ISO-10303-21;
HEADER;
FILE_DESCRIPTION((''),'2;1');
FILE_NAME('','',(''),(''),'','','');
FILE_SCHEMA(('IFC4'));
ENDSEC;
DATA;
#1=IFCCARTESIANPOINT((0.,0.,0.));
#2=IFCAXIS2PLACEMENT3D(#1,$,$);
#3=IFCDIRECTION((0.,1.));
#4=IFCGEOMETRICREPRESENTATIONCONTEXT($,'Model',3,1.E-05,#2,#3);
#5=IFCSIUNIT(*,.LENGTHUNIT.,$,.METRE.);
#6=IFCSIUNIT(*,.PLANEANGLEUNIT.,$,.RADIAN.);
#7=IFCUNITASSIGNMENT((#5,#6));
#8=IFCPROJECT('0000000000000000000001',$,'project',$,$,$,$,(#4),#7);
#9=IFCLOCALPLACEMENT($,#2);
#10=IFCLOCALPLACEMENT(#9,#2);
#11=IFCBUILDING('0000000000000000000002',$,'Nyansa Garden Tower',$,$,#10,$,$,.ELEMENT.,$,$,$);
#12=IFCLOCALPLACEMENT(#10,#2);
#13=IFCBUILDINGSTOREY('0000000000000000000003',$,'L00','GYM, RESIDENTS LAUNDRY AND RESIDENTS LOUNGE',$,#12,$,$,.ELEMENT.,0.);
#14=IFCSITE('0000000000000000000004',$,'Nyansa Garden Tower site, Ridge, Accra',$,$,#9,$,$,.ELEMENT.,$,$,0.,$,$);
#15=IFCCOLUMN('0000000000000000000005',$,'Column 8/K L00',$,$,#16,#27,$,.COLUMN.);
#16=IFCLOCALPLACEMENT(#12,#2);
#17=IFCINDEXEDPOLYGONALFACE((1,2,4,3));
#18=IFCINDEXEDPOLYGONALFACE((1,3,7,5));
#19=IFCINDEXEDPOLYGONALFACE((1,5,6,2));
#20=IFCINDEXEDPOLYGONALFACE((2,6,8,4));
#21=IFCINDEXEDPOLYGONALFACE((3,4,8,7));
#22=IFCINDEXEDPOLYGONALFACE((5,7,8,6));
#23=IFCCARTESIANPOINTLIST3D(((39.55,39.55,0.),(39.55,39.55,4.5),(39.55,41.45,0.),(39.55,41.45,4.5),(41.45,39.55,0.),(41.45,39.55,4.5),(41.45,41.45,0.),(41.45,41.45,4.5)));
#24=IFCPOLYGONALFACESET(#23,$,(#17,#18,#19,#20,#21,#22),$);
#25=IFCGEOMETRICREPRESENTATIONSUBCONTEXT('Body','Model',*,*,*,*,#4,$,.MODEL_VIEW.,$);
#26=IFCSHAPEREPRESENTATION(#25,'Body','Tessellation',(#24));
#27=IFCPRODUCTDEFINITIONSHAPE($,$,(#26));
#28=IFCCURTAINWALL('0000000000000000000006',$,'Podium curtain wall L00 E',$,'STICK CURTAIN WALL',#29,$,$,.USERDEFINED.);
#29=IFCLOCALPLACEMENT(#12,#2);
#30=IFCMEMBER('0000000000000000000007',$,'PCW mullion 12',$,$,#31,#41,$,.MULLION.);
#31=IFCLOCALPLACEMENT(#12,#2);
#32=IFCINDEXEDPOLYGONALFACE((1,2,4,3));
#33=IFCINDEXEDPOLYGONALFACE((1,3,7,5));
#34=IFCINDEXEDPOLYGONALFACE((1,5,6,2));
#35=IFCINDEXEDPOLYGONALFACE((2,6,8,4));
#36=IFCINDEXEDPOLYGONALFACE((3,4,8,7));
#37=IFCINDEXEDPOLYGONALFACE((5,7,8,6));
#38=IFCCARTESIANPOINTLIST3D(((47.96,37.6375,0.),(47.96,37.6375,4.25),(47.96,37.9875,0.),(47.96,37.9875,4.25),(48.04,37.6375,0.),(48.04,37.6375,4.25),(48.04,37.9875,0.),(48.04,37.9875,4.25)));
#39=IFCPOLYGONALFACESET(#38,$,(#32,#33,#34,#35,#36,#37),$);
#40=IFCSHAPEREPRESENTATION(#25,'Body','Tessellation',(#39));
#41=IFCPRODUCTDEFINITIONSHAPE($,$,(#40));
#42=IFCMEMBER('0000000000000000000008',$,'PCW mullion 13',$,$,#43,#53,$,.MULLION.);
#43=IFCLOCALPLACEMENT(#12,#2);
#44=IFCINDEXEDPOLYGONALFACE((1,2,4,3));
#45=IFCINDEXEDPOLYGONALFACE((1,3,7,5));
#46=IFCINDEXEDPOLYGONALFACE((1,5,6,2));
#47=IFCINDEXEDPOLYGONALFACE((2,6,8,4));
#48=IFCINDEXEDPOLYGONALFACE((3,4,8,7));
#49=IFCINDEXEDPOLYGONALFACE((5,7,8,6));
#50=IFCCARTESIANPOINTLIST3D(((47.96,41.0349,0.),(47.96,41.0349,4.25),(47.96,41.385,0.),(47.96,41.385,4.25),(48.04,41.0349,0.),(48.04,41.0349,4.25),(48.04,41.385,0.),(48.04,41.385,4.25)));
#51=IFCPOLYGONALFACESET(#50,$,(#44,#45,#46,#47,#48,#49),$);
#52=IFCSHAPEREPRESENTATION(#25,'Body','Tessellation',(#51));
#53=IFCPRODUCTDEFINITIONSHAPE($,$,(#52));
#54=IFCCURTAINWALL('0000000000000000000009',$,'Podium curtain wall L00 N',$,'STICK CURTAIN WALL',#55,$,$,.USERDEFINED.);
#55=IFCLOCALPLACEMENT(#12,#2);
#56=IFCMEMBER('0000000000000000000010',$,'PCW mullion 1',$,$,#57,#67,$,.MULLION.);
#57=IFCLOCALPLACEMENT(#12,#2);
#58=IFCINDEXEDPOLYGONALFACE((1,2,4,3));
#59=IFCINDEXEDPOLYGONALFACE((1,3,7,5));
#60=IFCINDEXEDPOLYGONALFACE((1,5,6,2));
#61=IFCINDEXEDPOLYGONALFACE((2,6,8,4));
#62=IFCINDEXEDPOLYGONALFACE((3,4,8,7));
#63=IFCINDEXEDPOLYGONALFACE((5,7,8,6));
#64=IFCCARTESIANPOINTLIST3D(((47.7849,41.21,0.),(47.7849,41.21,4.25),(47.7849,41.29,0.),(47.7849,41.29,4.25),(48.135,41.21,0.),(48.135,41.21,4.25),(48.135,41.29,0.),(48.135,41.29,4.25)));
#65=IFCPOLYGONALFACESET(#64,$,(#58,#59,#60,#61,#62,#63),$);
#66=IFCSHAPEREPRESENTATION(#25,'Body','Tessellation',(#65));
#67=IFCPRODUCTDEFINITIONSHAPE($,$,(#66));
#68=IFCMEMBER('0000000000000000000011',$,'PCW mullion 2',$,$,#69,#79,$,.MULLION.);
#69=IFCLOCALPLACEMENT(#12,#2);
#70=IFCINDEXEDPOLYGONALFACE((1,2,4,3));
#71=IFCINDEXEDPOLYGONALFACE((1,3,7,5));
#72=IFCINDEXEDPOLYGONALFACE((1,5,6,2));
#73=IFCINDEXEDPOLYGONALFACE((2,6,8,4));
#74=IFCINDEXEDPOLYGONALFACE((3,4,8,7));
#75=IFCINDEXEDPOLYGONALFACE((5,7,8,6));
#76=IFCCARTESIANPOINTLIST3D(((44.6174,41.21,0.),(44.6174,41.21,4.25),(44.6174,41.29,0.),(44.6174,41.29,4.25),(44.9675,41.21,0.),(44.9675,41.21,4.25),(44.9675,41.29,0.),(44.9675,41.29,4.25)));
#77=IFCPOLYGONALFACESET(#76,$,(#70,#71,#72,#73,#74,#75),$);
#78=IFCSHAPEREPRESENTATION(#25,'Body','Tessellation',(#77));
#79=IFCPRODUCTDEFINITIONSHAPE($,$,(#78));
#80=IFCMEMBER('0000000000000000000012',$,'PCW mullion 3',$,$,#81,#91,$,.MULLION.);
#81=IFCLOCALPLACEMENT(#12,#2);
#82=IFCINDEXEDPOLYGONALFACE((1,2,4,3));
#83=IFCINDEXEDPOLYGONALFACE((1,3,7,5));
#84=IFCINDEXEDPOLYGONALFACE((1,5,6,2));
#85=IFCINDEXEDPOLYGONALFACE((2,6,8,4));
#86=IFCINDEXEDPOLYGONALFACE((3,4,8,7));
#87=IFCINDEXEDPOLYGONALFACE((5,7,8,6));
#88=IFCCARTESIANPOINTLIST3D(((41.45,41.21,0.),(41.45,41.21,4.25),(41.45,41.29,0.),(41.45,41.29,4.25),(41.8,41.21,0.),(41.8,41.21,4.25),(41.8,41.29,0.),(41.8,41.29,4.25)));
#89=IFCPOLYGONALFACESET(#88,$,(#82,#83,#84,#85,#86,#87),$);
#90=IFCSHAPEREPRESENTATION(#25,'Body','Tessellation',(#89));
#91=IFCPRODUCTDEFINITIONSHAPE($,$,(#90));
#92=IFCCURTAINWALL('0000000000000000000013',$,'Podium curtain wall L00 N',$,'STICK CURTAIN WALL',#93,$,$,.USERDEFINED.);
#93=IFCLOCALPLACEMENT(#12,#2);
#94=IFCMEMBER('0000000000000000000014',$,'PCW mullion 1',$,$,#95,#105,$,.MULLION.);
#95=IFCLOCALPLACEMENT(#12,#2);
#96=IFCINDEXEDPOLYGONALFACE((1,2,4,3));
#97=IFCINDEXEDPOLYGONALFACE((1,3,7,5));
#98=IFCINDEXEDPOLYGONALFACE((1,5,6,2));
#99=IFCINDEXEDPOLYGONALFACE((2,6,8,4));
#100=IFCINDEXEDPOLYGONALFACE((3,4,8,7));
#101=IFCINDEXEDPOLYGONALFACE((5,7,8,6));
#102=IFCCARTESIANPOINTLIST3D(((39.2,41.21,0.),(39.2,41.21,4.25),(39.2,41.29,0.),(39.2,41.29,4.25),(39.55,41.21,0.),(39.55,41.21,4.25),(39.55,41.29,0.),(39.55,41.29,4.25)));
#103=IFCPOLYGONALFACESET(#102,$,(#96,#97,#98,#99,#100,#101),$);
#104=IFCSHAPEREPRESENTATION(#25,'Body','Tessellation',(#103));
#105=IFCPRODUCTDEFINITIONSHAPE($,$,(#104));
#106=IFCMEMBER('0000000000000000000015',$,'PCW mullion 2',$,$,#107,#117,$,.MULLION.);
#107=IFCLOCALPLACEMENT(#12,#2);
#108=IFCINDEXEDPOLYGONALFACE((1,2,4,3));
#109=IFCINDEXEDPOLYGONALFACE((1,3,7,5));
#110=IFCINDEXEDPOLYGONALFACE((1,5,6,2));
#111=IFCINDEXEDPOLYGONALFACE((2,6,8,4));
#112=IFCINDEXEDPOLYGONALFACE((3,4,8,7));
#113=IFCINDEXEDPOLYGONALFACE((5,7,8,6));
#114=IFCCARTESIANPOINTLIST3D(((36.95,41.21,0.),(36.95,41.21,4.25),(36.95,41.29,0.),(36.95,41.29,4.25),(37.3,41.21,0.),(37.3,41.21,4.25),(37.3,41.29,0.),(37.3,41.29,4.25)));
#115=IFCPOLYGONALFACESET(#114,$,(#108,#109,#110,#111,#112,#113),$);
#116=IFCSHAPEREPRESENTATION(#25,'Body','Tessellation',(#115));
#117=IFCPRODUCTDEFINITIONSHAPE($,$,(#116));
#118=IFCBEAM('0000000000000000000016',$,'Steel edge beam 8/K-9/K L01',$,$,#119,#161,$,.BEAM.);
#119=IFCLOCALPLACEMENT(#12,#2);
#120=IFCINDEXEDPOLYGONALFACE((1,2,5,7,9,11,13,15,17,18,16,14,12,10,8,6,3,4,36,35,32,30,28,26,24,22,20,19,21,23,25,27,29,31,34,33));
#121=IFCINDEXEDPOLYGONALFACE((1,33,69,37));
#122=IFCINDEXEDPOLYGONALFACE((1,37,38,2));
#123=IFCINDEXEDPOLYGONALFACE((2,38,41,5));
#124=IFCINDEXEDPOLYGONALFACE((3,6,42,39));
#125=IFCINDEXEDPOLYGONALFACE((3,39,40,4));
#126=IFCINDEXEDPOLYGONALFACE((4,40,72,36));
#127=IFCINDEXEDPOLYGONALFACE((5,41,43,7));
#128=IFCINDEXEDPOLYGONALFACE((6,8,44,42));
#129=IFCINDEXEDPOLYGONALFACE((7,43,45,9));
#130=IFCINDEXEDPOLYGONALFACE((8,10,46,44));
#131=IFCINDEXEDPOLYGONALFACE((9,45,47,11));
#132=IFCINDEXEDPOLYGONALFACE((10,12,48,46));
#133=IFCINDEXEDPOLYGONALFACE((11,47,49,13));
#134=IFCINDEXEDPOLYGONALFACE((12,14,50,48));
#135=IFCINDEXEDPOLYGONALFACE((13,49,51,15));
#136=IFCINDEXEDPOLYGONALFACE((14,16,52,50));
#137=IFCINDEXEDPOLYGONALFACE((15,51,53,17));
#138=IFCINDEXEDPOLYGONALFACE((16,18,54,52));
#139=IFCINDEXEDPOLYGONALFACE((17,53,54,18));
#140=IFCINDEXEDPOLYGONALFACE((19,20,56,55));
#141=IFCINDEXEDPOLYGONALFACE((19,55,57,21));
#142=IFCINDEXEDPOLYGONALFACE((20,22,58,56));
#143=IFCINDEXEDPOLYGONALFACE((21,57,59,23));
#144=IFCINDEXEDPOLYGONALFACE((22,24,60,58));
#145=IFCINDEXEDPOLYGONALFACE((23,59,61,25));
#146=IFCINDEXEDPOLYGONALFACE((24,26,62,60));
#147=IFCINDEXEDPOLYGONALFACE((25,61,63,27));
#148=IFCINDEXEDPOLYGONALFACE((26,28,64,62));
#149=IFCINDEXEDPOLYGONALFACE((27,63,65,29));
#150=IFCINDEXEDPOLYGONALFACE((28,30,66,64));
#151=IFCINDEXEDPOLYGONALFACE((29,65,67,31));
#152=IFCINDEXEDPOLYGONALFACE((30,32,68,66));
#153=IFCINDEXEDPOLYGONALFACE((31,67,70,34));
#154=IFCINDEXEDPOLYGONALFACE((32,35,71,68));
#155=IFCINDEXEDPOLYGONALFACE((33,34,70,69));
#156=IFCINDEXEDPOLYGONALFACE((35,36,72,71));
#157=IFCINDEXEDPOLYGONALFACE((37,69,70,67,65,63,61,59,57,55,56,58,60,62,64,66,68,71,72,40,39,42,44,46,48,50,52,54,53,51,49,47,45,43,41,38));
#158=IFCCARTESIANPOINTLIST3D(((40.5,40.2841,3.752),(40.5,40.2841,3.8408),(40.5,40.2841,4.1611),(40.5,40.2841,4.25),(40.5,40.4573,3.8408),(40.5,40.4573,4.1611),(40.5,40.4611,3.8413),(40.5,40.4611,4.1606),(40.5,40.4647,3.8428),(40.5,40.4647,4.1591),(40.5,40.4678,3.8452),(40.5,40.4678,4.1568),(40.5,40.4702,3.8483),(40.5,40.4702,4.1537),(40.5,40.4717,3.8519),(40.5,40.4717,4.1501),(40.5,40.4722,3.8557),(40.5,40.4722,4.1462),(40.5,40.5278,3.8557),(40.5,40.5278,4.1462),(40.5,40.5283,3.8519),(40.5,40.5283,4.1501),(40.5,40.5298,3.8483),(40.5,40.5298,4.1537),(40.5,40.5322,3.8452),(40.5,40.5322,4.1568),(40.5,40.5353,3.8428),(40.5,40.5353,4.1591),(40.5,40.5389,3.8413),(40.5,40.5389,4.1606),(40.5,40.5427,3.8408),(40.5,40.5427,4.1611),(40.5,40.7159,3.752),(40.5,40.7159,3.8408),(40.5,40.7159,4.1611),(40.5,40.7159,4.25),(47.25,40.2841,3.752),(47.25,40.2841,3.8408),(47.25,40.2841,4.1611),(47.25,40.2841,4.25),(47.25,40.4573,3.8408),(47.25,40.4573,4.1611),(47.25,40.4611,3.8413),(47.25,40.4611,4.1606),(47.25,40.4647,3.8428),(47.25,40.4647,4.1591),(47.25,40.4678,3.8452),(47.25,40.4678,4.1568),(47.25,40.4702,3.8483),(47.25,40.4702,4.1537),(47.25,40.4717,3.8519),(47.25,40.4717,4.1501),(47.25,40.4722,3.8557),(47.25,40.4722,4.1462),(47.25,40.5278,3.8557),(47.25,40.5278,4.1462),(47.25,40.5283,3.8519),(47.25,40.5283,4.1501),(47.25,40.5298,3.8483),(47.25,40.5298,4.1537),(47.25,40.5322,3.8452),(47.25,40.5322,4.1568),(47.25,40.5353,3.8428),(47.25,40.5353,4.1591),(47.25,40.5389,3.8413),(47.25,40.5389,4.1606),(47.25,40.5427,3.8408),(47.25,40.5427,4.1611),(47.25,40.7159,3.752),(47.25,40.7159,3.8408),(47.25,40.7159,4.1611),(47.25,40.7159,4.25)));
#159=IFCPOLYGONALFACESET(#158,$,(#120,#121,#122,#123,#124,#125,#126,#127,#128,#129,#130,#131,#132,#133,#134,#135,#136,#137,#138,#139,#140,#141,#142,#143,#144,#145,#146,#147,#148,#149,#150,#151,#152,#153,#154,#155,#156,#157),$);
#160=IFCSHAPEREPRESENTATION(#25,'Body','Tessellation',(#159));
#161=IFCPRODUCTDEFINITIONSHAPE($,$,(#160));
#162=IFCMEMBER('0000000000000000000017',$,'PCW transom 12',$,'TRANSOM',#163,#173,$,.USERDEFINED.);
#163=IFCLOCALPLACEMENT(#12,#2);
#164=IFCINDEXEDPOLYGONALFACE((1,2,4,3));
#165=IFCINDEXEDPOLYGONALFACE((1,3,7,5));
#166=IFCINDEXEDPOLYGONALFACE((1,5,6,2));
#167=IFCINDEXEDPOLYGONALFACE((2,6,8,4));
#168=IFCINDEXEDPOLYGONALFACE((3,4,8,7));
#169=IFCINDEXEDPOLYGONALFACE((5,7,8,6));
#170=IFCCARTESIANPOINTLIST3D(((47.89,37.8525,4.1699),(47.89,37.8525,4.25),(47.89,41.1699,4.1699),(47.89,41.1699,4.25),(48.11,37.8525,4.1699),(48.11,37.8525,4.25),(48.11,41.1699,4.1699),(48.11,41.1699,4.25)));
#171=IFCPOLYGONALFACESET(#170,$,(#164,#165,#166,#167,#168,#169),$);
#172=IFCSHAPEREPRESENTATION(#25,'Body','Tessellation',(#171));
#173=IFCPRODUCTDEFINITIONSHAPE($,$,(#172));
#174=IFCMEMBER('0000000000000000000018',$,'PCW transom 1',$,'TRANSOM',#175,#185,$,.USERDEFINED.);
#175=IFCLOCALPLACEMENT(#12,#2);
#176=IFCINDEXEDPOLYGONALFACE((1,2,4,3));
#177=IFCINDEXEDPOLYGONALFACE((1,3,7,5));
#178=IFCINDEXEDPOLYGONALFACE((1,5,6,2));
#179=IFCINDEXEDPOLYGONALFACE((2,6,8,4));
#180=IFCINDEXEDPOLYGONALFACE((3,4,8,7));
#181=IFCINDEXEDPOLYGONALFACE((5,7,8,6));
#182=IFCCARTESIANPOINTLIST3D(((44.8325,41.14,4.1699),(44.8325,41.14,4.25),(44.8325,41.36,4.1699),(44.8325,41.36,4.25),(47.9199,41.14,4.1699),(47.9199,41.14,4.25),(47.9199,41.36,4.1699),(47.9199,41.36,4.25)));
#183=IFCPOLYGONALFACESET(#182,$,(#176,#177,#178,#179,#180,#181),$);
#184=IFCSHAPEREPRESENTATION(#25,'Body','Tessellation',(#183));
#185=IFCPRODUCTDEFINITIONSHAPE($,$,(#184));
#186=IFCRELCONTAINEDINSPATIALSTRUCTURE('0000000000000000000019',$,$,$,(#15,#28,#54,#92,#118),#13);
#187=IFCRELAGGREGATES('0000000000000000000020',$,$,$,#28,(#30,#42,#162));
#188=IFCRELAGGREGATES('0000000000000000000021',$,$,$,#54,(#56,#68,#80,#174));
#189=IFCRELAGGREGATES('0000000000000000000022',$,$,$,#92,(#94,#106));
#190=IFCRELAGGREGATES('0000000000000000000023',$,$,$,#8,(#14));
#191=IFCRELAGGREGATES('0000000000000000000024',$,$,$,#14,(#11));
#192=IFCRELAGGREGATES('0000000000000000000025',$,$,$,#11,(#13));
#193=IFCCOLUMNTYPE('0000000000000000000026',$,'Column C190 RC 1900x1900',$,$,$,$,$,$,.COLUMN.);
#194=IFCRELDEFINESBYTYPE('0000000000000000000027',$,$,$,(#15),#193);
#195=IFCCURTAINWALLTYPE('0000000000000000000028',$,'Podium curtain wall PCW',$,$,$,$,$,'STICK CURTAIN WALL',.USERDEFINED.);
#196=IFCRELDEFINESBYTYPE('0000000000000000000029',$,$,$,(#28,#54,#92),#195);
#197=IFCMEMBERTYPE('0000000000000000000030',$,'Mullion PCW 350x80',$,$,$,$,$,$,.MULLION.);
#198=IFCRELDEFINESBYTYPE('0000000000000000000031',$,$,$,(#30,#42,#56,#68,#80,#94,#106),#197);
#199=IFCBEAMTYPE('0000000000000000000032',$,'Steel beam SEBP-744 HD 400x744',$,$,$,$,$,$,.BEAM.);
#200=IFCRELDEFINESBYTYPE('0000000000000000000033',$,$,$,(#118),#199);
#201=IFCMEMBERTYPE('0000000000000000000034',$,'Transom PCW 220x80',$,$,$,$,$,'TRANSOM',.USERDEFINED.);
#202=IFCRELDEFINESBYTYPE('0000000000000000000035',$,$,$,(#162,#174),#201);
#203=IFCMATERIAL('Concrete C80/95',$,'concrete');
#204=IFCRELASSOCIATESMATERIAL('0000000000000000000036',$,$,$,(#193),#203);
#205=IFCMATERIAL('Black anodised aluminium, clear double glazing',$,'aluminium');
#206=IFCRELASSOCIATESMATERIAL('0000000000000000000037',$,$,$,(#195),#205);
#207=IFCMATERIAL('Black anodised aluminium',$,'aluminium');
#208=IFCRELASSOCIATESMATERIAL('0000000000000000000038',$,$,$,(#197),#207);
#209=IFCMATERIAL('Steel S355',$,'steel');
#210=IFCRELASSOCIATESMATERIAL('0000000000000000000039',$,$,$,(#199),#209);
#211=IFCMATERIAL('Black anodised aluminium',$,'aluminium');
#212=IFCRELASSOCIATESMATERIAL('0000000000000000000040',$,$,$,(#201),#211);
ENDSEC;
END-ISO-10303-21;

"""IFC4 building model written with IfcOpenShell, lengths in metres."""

from ifc_helpers import new_model, si_unit, direction, frame, origin, origin_2d, place, context, subcontext, project, spatial, rectangle, i_section, extrude, material, material_profile, profile_set, type_object, element, aggregate, save


model = new_model("IFC4")

# Units and contexts
model_context = context("Model", 3, precision=1e-05, world=origin(), true_north=direction((0.0, 1.0)))
body_context = subcontext(model_context, "Body", "Model", "MODEL_VIEW")
ifc_project = project(units=[si_unit("LENGTHUNIT", "METRE"), si_unit("PLANEANGLEUNIT", "RADIAN")], contexts=[model_context])

# Site, building, storey
site_placement = place(None, origin())
site = spatial("IfcSite", under=ifc_project, at=site_placement, Name="Nyansa Garden Tower site, Ridge, Accra", CompositionType="ELEMENT", RefElevation=0.0)
building_placement = place(site_placement, origin())
building = spatial("IfcBuilding", under=site, at=building_placement, Name="Nyansa Garden Tower", CompositionType="ELEMENT")
storey_placement = place(building_placement, origin())
storey = spatial("IfcBuildingStorey", under=building, at=storey_placement, Name="L00", Description="GYM, RESIDENTS LAUNDRY AND RESIDENTS LOUNGE", CompositionType="ELEMENT", Elevation=0.0)

# Column
ifc_material_1 = material(Name="Concrete C80/95", Category="concrete")
ifc_material_profile_1 = material_profile(ifc_material_1, rectangle(XDim=1.8999, YDim=1.8999, at=origin_2d()), Name="RC 1900x1900")
ifc_profile_set_1 = profile_set([ifc_material_profile_1], Name="Concrete C80/95")
column_type_1 = type_object("IfcColumnType", Name="Column C190 RC 1900x1900", PredefinedType="COLUMN", material=ifc_profile_set_1)
column_1_placement = place(storey_placement, frame((40.5, 40.5, 0.0), z_axis=(0.0, 0.0, 1.0), x_axis=(1.0, 0.0, 0.0)))
element("IfcColumn", 1, at=column_1_placement, inside=storey, type_object=column_type_1, Name="Column 8/K L00", PredefinedType="COLUMN", context=body_context, shape_type="SweptSolid", body=[
    extrude(rectangle(XDim=1.8999, YDim=1.8999, at=origin_2d()), origin(), (0.0, 0.0, 1.0), 4.5),
])

# Curtain walls, members
ifc_material_2 = material(Name="Black anodised aluminium, clear double glazing", Category="aluminium")
curtain_wall_type = type_object("IfcCurtainWallType", Name="Podium curtain wall PCW", ElementType="STICK CURTAIN WALL", PredefinedType="USERDEFINED", material=ifc_material_2)
curtain_wall_1_placement = place(storey_placement, origin())
curtain_wall_1 = element("IfcCurtainWall", 2, at=curtain_wall_1_placement, inside=storey, type_object=curtain_wall_type, Name="Podium curtain wall L00 E", ObjectType="STICK CURTAIN WALL", PredefinedType="USERDEFINED")
ifc_material_3 = material(Name="Black anodised aluminium", Category="aluminium")
ifc_material_profile_2 = material_profile(ifc_material_3, rectangle(XDim=0.0801, YDim=0.3501, at=origin_2d()), Name="Mullion 350x80")
ifc_profile_set_2 = profile_set([ifc_material_profile_2], Name="Black anodised aluminium")
member_type_1 = type_object("IfcMemberType", Name="Mullion PCW 350x80", PredefinedType="MULLION", material=ifc_profile_set_2)
member_1_placement = place(storey_placement, frame((48.0, 37.8125, 0.0), z_axis=(0.0, 0.0, 1.0), x_axis=(-1.0, 0.0, 0.0)))
member_1 = element("IfcMember", 3, at=member_1_placement, type_object=member_type_1, Name="PCW mullion 12", PredefinedType="MULLION", context=body_context, shape_type="SweptSolid", body=[
    extrude(rectangle(XDim=0.0801, YDim=0.3501, at=origin_2d()), origin(), (0.0, 0.0, 1.0), 4.25),
])
member_2_placement = place(storey_placement, frame((48.0, 41.21, 0.0), z_axis=(0.0, 0.0, 1.0), x_axis=(-1.0, 0.0, 0.0)))
member_2 = element("IfcMember", 4, at=member_2_placement, type_object=member_type_1, Name="PCW mullion 13", PredefinedType="MULLION", context=body_context, shape_type="SweptSolid", body=[
    extrude(rectangle(XDim=0.0801, YDim=0.3501, at=origin_2d()), origin(), (0.0, 0.0, 1.0), 4.25),
])
curtain_wall_2_placement = place(storey_placement, origin())
curtain_wall_2 = element("IfcCurtainWall", 5, at=curtain_wall_2_placement, inside=storey, type_object=curtain_wall_type, Name="Podium curtain wall L00 N", ObjectType="STICK CURTAIN WALL", PredefinedType="USERDEFINED")
member_3_placement = place(storey_placement, frame((47.96, 41.25, 0.0), z_axis=(0.0, 0.0, 1.0), x_axis=(0.0, -1.0, 0.0)))
member_3 = element("IfcMember", 6, at=member_3_placement, type_object=member_type_1, Name="PCW mullion 1", PredefinedType="MULLION", context=body_context, shape_type="SweptSolid", body=[
    extrude(rectangle(XDim=0.0801, YDim=0.3501, at=origin_2d()), origin(), (0.0, 0.0, 1.0), 4.25),
])
member_4_placement = place(storey_placement, frame((44.7925, 41.25, 0.0), z_axis=(0.0, 0.0, 1.0), x_axis=(0.0, -1.0, 0.0)))
member_4 = element("IfcMember", 7, at=member_4_placement, type_object=member_type_1, Name="PCW mullion 2", PredefinedType="MULLION", context=body_context, shape_type="SweptSolid", body=[
    extrude(rectangle(XDim=0.0801, YDim=0.3501, at=origin_2d()), origin(), (0.0, 0.0, 1.0), 4.25),
])
member_5_placement = place(storey_placement, frame((41.625, 41.25, 0.0), z_axis=(0.0, 0.0, 1.0), x_axis=(0.0, -1.0, 0.0)))
member_5 = element("IfcMember", 8, at=member_5_placement, type_object=member_type_1, Name="PCW mullion 3", PredefinedType="MULLION", context=body_context, shape_type="SweptSolid", body=[
    extrude(rectangle(XDim=0.0801, YDim=0.3501, at=origin_2d()), origin(), (0.0, 0.0, 1.0), 4.25),
])
curtain_wall_3_placement = place(storey_placement, origin())
curtain_wall_3 = element("IfcCurtainWall", 9, at=curtain_wall_3_placement, inside=storey, type_object=curtain_wall_type, Name="Podium curtain wall L00 N", ObjectType="STICK CURTAIN WALL", PredefinedType="USERDEFINED")
member_6_placement = place(storey_placement, frame((39.375, 41.25, 0.0), z_axis=(0.0, 0.0, 1.0), x_axis=(0.0, -1.0, 0.0)))
member_6 = element("IfcMember", 10, at=member_6_placement, type_object=member_type_1, Name="PCW mullion 1", PredefinedType="MULLION", context=body_context, shape_type="SweptSolid", body=[
    extrude(rectangle(XDim=0.0801, YDim=0.3501, at=origin_2d()), origin(), (0.0, 0.0, 1.0), 4.25),
])
member_7_placement = place(storey_placement, frame((37.125, 41.25, 0.0), z_axis=(0.0, 0.0, 1.0), x_axis=(0.0, -1.0, 0.0)))
member_7 = element("IfcMember", 11, at=member_7_placement, type_object=member_type_1, Name="PCW mullion 2", PredefinedType="MULLION", context=body_context, shape_type="SweptSolid", body=[
    extrude(rectangle(XDim=0.0801, YDim=0.3501, at=origin_2d()), origin(), (0.0, 0.0, 1.0), 4.25),
])

# Beam
ifc_material_4 = material(Name="Steel S355", Category="steel")
ifc_material_profile_3 = material_profile(ifc_material_4, i_section(OverallWidth=0.4319, OverallDepth=0.498, WebThickness=0.0557, FlangeThickness=0.0889, FilletRadius=0.0149, at=origin_2d()), Name="HD 400x744")
ifc_profile_set_3 = profile_set([ifc_material_profile_3], Name="Steel S355")
beam_type = type_object("IfcBeamType", Name="Steel beam SEBP-744 HD 400x744", PredefinedType="BEAM", material=ifc_profile_set_3)
beam_placement = place(storey_placement, frame((40.5, 40.5, 4.001), z_axis=(1.0, 0.0, 0.0), x_axis=(0.0, 1.0, 0.0)))
element("IfcBeam", 12, at=beam_placement, inside=storey, type_object=beam_type, Name="Steel edge beam 8/K-9/K L01", PredefinedType="BEAM", context=body_context, shape_type="SweptSolid", body=[
    extrude(i_section(OverallWidth=0.4319, OverallDepth=0.498, WebThickness=0.0557, FlangeThickness=0.0889, FilletRadius=0.0149, at=origin_2d()), origin(), (0.0, 0.0, 1.0), 6.75),
])

# Members
ifc_material_5 = material(Name="Black anodised aluminium", Category="aluminium")
ifc_material_profile_4 = material_profile(ifc_material_5, rectangle(XDim=0.22, YDim=0.0801, at=origin_2d()), Name="Transom 220x80")
ifc_profile_set_4 = profile_set([ifc_material_profile_4], Name="Black anodised aluminium")
member_type_2 = type_object("IfcMemberType", Name="Transom PCW 220x80", ElementType="TRANSOM", PredefinedType="USERDEFINED", material=ifc_profile_set_4)
member_8_placement = place(storey_placement, frame((48.0, 37.8525, 4.21), z_axis=(0.0, 1.0, 0.0), x_axis=(-1.0, 0.0, 0.0)))
member_8 = element("IfcMember", 13, at=member_8_placement, type_object=member_type_2, Name="PCW transom 12", ObjectType="TRANSOM", PredefinedType="USERDEFINED", context=body_context, shape_type="SweptSolid", body=[
    extrude(rectangle(XDim=0.22, YDim=0.0801, at=origin_2d()), origin(), (0.0, 0.0, 1.0), 3.3174),
])
member_9_placement = place(storey_placement, frame((47.9199, 41.25, 4.21), z_axis=(-1.0, 0.0, 0.0), x_axis=(0.0, -1.0, 0.0)))
member_9 = element("IfcMember", 14, at=member_9_placement, type_object=member_type_2, Name="PCW transom 1", ObjectType="TRANSOM", PredefinedType="USERDEFINED", context=body_context, shape_type="SweptSolid", body=[
    extrude(rectangle(XDim=0.22, YDim=0.0801, at=origin_2d()), origin(), (0.0, 0.0, 1.0), 3.0874),
])

aggregate(curtain_wall_1, [member_1, member_2, member_8])
aggregate(curtain_wall_2, [member_3, member_4, member_5, member_9])
aggregate(curtain_wall_3, [member_6, member_7])

save(model, "model.ifc")
